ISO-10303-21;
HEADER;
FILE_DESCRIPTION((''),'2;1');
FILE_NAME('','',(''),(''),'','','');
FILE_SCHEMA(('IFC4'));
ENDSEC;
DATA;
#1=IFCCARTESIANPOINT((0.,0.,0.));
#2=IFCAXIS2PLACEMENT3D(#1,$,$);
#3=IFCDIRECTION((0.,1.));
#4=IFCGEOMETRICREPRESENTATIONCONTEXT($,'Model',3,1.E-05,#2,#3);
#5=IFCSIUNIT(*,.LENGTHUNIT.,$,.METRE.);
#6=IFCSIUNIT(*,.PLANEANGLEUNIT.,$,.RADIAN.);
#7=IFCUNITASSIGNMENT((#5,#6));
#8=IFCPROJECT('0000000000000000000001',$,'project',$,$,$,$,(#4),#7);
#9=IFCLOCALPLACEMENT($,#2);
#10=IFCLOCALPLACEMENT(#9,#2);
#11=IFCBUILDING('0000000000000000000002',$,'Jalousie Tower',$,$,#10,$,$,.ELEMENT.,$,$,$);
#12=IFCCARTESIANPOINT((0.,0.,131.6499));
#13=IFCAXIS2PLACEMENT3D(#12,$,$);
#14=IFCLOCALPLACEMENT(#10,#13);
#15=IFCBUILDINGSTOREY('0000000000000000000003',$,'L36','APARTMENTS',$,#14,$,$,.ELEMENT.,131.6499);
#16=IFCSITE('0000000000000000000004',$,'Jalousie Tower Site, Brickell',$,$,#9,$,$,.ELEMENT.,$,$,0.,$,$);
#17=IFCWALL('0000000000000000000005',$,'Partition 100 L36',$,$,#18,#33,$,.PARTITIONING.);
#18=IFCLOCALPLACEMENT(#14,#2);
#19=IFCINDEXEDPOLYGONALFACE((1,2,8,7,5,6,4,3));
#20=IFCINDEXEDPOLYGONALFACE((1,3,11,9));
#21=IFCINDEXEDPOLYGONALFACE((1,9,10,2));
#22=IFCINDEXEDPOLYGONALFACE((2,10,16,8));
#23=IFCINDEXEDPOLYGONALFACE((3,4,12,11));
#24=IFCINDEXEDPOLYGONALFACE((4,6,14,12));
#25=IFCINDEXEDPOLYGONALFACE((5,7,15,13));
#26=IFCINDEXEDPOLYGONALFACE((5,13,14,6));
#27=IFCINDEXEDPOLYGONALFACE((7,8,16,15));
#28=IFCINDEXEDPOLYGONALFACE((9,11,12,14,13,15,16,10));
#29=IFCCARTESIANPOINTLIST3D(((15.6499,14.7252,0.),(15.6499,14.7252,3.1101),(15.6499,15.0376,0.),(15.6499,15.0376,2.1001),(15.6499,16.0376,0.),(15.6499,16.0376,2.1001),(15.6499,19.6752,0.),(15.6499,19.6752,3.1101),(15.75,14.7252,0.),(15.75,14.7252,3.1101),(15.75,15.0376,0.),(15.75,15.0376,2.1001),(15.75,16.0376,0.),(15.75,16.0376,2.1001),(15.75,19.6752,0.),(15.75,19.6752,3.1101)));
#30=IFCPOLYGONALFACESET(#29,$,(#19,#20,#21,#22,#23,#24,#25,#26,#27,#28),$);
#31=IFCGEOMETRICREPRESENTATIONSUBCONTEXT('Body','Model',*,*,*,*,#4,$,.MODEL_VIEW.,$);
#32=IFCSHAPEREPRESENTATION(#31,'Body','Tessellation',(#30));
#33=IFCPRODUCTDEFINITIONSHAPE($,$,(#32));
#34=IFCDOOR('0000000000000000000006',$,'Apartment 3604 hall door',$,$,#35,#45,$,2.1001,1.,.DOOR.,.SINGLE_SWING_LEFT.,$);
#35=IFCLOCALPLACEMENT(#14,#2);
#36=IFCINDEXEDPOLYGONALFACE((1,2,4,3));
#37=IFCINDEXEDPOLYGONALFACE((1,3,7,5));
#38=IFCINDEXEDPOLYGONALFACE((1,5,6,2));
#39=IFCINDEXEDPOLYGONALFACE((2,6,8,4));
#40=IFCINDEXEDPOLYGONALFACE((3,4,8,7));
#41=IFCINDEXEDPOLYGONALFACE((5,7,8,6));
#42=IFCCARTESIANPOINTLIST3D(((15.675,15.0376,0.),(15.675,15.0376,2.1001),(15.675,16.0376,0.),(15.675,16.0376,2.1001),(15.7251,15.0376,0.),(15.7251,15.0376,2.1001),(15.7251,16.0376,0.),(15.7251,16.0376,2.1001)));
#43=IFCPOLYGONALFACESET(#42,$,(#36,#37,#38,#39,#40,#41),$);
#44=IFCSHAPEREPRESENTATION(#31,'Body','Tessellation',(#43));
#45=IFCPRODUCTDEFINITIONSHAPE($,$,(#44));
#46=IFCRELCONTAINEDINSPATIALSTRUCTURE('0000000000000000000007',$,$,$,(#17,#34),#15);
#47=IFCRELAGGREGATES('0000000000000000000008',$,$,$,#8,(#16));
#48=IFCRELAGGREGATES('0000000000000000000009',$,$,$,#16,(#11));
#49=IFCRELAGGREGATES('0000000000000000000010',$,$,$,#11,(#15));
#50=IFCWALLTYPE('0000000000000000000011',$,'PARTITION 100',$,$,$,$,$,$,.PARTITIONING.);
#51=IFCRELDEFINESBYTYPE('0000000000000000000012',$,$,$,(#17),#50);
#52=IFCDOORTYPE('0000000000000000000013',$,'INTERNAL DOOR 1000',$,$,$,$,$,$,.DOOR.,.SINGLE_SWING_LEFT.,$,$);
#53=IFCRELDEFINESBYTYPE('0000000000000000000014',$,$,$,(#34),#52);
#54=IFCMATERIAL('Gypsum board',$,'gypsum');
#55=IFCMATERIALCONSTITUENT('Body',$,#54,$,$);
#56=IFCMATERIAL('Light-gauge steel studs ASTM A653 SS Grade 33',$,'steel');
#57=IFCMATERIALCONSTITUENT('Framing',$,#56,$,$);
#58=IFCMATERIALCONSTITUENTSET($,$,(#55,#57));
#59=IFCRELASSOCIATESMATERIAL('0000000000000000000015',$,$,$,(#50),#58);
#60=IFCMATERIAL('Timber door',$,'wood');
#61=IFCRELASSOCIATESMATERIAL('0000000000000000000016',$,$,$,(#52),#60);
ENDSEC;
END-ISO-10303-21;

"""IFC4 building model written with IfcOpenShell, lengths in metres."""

from ifc_helpers import new_model, si_unit, direction, frame, frame_2d, origin, place, context, subcontext, project, spatial, rectangle, extrude, material, constituent, constituent_set, type_object, element, fill, save


model = new_model("IFC4")

# Units and contexts
model_context = context("Model", 3, precision=1e-05, world=origin(), true_north=direction((0.0, 1.0)))
body_context = subcontext(model_context, "Body", "Model", "MODEL_VIEW")
ifc_project = project(units=[si_unit("LENGTHUNIT", "METRE"), si_unit("PLANEANGLEUNIT", "RADIAN")], contexts=[model_context])

# Site, building, storey
site_placement = place(None, origin())
site = spatial("IfcSite", under=ifc_project, at=site_placement, Name="Jalousie Tower Site, Brickell", CompositionType="ELEMENT", RefElevation=0.0)
building_placement = place(site_placement, origin())
building = spatial("IfcBuilding", under=site, at=building_placement, Name="Jalousie Tower", CompositionType="ELEMENT")
storey_placement = place(building_placement, frame((0.0, 0.0, 131.6499)))
storey = spatial("IfcBuildingStorey", under=building, at=storey_placement, Name="L36", Description="APARTMENTS", CompositionType="ELEMENT", Elevation=131.6499)

# Shared definitions
ifc_material_1 = material(Name="Gypsum board", Category="gypsum")
ifc_constituent_1 = constituent(ifc_material_1, Name="Body")
ifc_material_2 = material(Name="Light-gauge steel studs ASTM A653 SS Grade 33", Category="steel")
ifc_constituent_2 = constituent(ifc_material_2, Name="Framing")
ifc_constituent_set_1 = constituent_set(constituents=[ifc_constituent_1, ifc_constituent_2])
wall_type_1 = type_object("IfcWallType", Name="PARTITION 100", PredefinedType="PARTITIONING", material=ifc_constituent_set_1)

# Wall, opening, door
wall_1_placement = place(storey_placement, frame((15.7, 14.7251, 0.0), z_axis=(0.0, 0.0, 1.0), x_axis=(0.0, 1.0, 0.0)))
wall_1 = element("IfcWall", 1, at=wall_1_placement, inside=storey, type_object=wall_type_1, Name="Partition 100 L36", PredefinedType="PARTITIONING", context=body_context, shape_type="SweptSolid", body=[
    extrude(rectangle(XDim=4.95, YDim=0.1001, at=frame_2d((2.4751, 0.0))), origin(), (0.0, 0.0, 1.0), 3.1101),
])
opening_1_placement = place(wall_1_placement, frame((0.3125, 0.0, 0.0)))
opening_1 = element("IfcOpeningElement", 2, at=opening_1_placement, cuts=wall_1, PredefinedType="OPENING", context=body_context, shape_type="SweptSolid", body=[
    extrude(rectangle(XDim=1.0, YDim=2.1001, at=frame_2d((0.5, 1.05))), frame((0.0, 0.0601, 0.0), z_axis=(0.0, -1.0, 0.0), x_axis=(1.0, 0.0, 0.0)), (0.0, 0.0, 1.0), 0.1201),
])
ifc_material_3 = material(Name="Timber door", Category="wood")
door_type_1 = type_object("IfcDoorType", Name="INTERNAL DOOR 1000", OperationType="SINGLE_SWING_LEFT", PredefinedType="DOOR", material=ifc_material_3)
door_1_placement = place(opening_1_placement, origin())
door_1 = element("IfcDoor", 3, at=door_1_placement, inside=storey, type_object=door_type_1, Name="Apartment 3604 hall door", OperationType="SINGLE_SWING_LEFT", OverallHeight=2.1001, OverallWidth=1.0, PredefinedType="DOOR", context=body_context, shape_type="SweptSolid", body=[
    extrude(rectangle(XDim=1.0, YDim=2.1001, at=frame_2d((0.5, 1.05))), frame((0.0, 0.0249, 0.0), z_axis=(0.0, -1.0, 0.0), x_axis=(1.0, 0.0, 0.0)), (0.0, 0.0, 1.0), 0.05),
])
fill(opening_1, door_1)

save(model, "model.ifc")
